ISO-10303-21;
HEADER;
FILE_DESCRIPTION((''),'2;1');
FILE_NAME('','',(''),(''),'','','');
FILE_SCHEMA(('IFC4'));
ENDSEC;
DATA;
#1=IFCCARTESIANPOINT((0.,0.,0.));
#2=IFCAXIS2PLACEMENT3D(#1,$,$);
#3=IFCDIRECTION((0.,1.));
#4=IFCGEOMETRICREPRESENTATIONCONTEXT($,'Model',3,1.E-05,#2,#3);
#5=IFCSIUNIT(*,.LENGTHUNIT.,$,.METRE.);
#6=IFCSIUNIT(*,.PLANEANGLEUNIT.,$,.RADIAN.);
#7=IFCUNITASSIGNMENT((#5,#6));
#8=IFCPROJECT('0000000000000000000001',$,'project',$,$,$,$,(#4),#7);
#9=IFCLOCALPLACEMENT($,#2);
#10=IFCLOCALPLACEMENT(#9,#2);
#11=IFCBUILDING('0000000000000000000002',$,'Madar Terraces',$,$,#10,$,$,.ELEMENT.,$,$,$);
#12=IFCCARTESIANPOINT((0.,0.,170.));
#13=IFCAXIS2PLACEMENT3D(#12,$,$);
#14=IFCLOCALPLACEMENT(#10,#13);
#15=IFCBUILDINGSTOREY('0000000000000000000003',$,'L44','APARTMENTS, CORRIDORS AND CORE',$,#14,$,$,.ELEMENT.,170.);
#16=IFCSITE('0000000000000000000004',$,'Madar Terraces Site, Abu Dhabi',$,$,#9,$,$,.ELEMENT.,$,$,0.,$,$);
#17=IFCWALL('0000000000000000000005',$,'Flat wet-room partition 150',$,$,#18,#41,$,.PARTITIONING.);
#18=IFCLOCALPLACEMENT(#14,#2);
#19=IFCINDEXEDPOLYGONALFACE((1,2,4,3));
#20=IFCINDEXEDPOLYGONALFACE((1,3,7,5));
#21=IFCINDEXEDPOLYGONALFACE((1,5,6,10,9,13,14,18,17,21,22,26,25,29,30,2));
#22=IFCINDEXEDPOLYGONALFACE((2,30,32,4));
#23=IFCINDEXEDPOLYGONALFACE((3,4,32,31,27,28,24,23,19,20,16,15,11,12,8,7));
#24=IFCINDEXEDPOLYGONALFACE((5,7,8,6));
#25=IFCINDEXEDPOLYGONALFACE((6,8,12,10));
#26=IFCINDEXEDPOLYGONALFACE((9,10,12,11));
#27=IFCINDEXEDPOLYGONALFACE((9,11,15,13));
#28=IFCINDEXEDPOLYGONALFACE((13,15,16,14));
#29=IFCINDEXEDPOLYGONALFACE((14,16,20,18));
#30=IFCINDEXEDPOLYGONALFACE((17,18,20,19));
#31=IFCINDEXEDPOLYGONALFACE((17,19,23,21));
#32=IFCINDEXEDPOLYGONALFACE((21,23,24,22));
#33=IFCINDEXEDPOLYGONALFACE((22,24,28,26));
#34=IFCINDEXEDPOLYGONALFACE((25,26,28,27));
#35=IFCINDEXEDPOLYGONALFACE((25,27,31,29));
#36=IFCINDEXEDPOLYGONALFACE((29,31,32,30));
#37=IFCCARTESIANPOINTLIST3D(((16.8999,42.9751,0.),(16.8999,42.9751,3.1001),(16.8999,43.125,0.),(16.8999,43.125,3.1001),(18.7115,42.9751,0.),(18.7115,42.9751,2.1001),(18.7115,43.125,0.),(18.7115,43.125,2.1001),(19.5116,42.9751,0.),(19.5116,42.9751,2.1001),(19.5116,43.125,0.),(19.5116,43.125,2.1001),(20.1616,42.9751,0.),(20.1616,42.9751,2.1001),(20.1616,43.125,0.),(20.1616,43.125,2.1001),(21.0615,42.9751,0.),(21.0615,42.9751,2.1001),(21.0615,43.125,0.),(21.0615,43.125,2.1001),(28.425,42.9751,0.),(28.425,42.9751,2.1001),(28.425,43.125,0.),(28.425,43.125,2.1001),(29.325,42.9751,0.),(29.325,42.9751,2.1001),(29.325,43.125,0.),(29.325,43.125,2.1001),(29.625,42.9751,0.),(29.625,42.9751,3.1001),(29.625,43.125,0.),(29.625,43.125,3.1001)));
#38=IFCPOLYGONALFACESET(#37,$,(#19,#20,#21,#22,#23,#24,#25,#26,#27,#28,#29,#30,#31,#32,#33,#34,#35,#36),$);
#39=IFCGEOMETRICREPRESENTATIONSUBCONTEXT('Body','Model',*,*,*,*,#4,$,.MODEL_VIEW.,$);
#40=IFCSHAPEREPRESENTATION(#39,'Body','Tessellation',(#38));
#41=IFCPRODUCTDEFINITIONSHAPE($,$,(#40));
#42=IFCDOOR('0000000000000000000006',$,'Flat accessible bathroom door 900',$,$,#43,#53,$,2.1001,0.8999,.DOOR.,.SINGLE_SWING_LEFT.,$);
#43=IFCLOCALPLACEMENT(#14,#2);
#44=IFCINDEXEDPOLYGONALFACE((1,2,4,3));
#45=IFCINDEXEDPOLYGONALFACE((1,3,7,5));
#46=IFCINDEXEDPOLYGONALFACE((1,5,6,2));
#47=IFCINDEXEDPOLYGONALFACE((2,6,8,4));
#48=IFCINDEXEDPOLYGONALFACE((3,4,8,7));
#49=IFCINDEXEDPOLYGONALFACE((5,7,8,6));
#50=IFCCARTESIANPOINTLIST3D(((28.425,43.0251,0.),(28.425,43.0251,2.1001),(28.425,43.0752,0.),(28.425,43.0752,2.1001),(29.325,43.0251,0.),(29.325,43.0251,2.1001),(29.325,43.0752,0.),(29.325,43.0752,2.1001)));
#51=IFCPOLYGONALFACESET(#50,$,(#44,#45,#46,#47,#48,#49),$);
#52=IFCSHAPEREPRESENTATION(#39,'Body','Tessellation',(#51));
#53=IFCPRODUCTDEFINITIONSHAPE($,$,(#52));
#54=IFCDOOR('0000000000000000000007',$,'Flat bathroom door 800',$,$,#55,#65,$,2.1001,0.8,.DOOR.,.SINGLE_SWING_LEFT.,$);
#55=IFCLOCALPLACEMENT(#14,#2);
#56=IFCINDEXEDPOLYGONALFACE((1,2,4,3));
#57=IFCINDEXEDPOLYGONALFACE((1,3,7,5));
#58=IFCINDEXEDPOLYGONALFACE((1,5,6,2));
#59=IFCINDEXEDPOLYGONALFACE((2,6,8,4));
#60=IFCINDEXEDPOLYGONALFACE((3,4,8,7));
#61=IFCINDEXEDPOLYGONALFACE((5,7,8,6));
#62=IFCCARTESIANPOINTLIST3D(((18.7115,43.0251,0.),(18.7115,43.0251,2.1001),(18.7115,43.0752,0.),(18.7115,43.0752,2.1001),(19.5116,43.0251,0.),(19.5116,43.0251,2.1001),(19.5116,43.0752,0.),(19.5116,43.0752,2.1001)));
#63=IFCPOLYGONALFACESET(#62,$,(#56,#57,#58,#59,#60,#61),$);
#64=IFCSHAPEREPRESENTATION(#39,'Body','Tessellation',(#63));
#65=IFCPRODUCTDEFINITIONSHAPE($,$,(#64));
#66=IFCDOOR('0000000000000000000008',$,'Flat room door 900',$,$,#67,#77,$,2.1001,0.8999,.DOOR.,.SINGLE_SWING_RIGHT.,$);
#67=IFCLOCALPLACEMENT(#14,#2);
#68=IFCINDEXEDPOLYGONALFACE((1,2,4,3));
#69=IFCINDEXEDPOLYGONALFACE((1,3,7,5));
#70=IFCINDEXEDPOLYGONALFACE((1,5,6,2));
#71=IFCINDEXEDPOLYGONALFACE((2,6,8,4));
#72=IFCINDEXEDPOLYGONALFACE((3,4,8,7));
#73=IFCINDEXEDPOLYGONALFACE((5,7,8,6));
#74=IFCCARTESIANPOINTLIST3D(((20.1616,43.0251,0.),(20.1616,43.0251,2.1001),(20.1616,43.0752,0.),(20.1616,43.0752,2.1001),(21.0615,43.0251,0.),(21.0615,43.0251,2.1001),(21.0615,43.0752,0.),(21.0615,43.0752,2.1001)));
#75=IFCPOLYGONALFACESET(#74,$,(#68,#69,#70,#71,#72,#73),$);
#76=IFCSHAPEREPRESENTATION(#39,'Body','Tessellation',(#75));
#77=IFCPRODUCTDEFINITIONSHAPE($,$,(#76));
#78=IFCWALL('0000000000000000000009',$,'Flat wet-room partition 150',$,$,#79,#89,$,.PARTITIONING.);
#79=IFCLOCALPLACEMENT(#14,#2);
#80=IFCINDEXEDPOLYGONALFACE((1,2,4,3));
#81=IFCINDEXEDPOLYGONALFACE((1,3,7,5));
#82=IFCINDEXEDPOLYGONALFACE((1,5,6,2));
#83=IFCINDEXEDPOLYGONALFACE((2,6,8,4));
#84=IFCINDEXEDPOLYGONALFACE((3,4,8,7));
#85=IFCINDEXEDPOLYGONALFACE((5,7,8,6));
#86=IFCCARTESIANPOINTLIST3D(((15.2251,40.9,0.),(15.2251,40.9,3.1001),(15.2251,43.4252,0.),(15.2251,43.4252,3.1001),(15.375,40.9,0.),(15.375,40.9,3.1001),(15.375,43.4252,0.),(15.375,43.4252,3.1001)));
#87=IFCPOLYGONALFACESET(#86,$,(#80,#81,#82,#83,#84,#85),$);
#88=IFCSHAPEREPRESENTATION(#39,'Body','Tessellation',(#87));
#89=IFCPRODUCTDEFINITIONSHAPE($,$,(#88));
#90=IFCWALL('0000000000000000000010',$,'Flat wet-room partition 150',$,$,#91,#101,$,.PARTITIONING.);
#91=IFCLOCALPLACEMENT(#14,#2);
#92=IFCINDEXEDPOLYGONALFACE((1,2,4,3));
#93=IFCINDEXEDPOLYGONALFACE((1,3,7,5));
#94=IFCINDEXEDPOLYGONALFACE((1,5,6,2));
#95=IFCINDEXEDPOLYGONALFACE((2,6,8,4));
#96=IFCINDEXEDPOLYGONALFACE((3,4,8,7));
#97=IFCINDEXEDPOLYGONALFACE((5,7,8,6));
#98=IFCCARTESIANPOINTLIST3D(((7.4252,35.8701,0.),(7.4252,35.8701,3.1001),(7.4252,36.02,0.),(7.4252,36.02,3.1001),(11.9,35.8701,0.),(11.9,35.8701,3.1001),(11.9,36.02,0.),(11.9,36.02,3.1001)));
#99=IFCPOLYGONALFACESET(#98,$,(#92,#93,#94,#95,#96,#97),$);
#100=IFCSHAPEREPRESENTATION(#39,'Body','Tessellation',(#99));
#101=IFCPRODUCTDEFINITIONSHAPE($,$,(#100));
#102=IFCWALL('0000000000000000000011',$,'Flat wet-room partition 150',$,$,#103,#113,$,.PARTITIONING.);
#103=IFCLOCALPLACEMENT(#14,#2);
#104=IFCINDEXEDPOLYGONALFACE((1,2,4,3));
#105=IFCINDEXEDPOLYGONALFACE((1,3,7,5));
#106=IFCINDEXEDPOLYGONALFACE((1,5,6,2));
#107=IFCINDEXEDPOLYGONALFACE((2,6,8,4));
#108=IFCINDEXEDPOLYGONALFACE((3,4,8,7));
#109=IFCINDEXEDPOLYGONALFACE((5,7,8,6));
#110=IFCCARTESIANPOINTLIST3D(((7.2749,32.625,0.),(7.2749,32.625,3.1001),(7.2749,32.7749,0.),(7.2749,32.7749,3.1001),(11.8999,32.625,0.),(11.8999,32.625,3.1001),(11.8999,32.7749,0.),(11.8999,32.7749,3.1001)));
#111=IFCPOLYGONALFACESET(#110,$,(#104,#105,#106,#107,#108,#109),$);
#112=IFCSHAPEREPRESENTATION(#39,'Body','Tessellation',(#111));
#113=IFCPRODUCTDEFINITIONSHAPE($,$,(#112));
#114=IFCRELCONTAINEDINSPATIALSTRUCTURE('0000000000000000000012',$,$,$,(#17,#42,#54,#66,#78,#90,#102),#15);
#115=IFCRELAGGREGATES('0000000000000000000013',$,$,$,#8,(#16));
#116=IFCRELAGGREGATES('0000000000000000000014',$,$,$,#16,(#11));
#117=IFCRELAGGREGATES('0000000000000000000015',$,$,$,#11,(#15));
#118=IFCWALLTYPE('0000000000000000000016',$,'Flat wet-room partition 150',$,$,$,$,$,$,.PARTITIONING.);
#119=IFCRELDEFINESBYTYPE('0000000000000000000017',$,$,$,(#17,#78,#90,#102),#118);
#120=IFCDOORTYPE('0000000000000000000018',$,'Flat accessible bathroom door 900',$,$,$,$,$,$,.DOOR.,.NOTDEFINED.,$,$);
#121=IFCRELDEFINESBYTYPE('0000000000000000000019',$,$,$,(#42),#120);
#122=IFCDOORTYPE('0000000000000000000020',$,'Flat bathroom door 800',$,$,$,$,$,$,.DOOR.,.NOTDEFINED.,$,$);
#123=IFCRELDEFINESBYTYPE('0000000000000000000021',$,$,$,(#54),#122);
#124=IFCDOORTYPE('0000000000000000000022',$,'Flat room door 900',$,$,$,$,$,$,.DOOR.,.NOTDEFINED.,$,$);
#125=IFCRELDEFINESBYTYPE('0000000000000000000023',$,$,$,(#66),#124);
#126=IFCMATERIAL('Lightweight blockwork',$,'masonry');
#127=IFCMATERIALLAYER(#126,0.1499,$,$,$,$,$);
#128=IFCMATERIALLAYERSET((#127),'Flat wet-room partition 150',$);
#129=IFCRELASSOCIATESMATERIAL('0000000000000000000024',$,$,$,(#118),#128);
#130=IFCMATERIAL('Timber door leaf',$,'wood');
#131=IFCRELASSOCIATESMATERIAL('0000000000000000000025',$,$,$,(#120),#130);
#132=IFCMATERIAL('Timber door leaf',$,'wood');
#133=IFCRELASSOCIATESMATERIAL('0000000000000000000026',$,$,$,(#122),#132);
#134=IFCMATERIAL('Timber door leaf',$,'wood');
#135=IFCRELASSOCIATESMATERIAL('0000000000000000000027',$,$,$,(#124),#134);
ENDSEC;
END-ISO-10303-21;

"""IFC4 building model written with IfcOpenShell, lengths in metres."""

from ifc_helpers import new_model, si_unit, direction, frame, frame_2d, origin, place, context, subcontext, project, spatial, rectangle, extrude, material, layer, layer_set, type_object, element, fill, save


model = new_model("IFC4")

# Units and contexts
model_context = context("Model", 3, precision=1e-05, world=origin(), true_north=direction((0.0, 1.0)))
body_context = subcontext(model_context, "Body", "Model", "MODEL_VIEW")
ifc_project = project(units=[si_unit("LENGTHUNIT", "METRE"), si_unit("PLANEANGLEUNIT", "RADIAN")], contexts=[model_context])

# Site, building, storey
site_placement = place(None, origin())
site = spatial("IfcSite", under=ifc_project, at=site_placement, Name="Madar Terraces Site, Abu Dhabi", CompositionType="ELEMENT", RefElevation=0.0)
building_placement = place(site_placement, origin())
building = spatial("IfcBuilding", under=site, at=building_placement, Name="Madar Terraces", CompositionType="ELEMENT")
storey_placement = place(building_placement, frame((0.0, 0.0, 170.0)))
storey = spatial("IfcBuildingStorey", under=building, at=storey_placement, Name="L44", Description="APARTMENTS, CORRIDORS AND CORE", CompositionType="ELEMENT", Elevation=170.0)

# Shared definitions
ifc_material_1 = material(Name="Lightweight blockwork", Category="masonry")
ifc_layer_1 = layer(ifc_material_1, 0.1499)
ifc_layer_set_1 = layer_set([ifc_layer_1], Name="Flat wet-room partition 150")
wall_type_1 = type_object("IfcWallType", Name="Flat wet-room partition 150", PredefinedType="PARTITIONING", material=ifc_layer_set_1)

# Wall, openings, doors
wall_1_placement = place(storey_placement, frame((29.625, 43.05, 0.0), z_axis=(0.0, 0.0, 1.0), x_axis=(-1.0, 0.0, 0.0)))
wall_1 = element("IfcWall", 1, at=wall_1_placement, inside=storey, type_object=wall_type_1, Name="Flat wet-room partition 150", PredefinedType="PARTITIONING", context=body_context, shape_type="SweptSolid", body=[
    extrude(rectangle(XDim=12.7251, YDim=0.1499, at=frame_2d((6.3625, 0.0))), origin(), (0.0, 0.0, 1.0), 3.1001),
])
opening_1_placement = place(wall_1_placement, frame((0.3, 0.0, 0.0)))
opening_1 = element("IfcOpeningElement", 2, at=opening_1_placement, cuts=wall_1, PredefinedType="OPENING", context=body_context, shape_type="SweptSolid", body=[
    extrude(rectangle(XDim=0.8999, YDim=2.1001, at=frame_2d((0.45, 1.05))), frame((0.0, 0.085, 0.0), z_axis=(0.0, -1.0, 0.0), x_axis=(1.0, 0.0, 0.0)), (0.0, 0.0, 1.0), 0.1699),
])
opening_2_placement = place(wall_1_placement, frame((8.5635, 0.0, 0.0)))
opening_2 = element("IfcOpeningElement", 3, at=opening_2_placement, cuts=wall_1, PredefinedType="OPENING", context=body_context, shape_type="SweptSolid", body=[
    extrude(rectangle(XDim=0.8999, YDim=2.1001, at=frame_2d((0.45, 1.05))), frame((0.0, 0.085, 0.0), z_axis=(0.0, -1.0, 0.0), x_axis=(1.0, 0.0, 0.0)), (0.0, 0.0, 1.0), 0.1699),
])
opening_3_placement = place(wall_1_placement, frame((10.1135, 0.0, 0.0)))
opening_3 = element("IfcOpeningElement", 4, at=opening_3_placement, cuts=wall_1, PredefinedType="OPENING", context=body_context, shape_type="SweptSolid", body=[
    extrude(rectangle(XDim=0.8, YDim=2.1001, at=frame_2d((0.3999, 1.05))), frame((0.0, 0.085, 0.0), z_axis=(0.0, -1.0, 0.0), x_axis=(1.0, 0.0, 0.0)), (0.0, 0.0, 1.0), 0.1699),
])
ifc_material_2 = material(Name="Timber door leaf", Category="wood")
door_type_1 = type_object("IfcDoorType", Name="Flat accessible bathroom door 900", OperationType="NOTDEFINED", PredefinedType="DOOR", material=ifc_material_2)
door_1_placement = place(opening_1_placement, origin())
door_1 = element("IfcDoor", 5, at=door_1_placement, inside=storey, type_object=door_type_1, Name="Flat accessible bathroom door 900", OperationType="SINGLE_SWING_LEFT", OverallHeight=2.1001, OverallWidth=0.8999, PredefinedType="DOOR", context=body_context, shape_type="SweptSolid", body=[
    extrude(rectangle(XDim=0.8999, YDim=2.1001, at=frame_2d((0.45, 1.05))), frame((0.0, 0.0249, 0.0), z_axis=(0.0, -1.0, 0.0), x_axis=(1.0, 0.0, 0.0)), (0.0, 0.0, 1.0), 0.05),
])
fill(opening_1, door_1)
ifc_material_3 = material(Name="Timber door leaf", Category="wood")
door_type_2 = type_object("IfcDoorType", Name="Flat bathroom door 800", OperationType="NOTDEFINED", PredefinedType="DOOR", material=ifc_material_3)
door_2_placement = place(opening_3_placement, origin())
door_2 = element("IfcDoor", 6, at=door_2_placement, inside=storey, type_object=door_type_2, Name="Flat bathroom door 800", OperationType="SINGLE_SWING_LEFT", OverallHeight=2.1001, OverallWidth=0.8, PredefinedType="DOOR", context=body_context, shape_type="SweptSolid", body=[
    extrude(rectangle(XDim=0.8, YDim=2.1001, at=frame_2d((0.3999, 1.05))), frame((0.0, 0.0249, 0.0), z_axis=(0.0, -1.0, 0.0), x_axis=(1.0, 0.0, 0.0)), (0.0, 0.0, 1.0), 0.05),
])
fill(opening_3, door_2)
ifc_material_4 = material(Name="Timber door leaf", Category="wood")
door_type_3 = type_object("IfcDoorType", Name="Flat room door 900", OperationType="NOTDEFINED", PredefinedType="DOOR", material=ifc_material_4)
door_3_placement = place(opening_2_placement, origin())
door_3 = element("IfcDoor", 7, at=door_3_placement, inside=storey, type_object=door_type_3, Name="Flat room door 900", OperationType="SINGLE_SWING_RIGHT", OverallHeight=2.1001, OverallWidth=0.8999, PredefinedType="DOOR", context=body_context, shape_type="SweptSolid", body=[
    extrude(rectangle(XDim=0.8999, YDim=2.1001, at=frame_2d((0.45, 1.05))), frame((0.0, 0.0249, 0.0), z_axis=(0.0, -1.0, 0.0), x_axis=(1.0, 0.0, 0.0)), (0.0, 0.0, 1.0), 0.05),
])
fill(opening_2, door_3)

# Walls
wall_2_placement = place(storey_placement, frame((15.3, 40.8999, 0.0), z_axis=(0.0, 0.0, 1.0), x_axis=(0.0, 1.0, 0.0)))
element("IfcWall", 8, at=wall_2_placement, inside=storey, type_object=wall_type_1, Name="Flat wet-room partition 150", PredefinedType="PARTITIONING", context=body_context, shape_type="SweptSolid", body=[
    extrude(rectangle(XDim=2.5251, YDim=0.1499, at=frame_2d((1.2627, 0.0))), origin(), (0.0, 0.0, 1.0), 3.1001),
])
wall_3_placement = place(storey_placement, frame((11.8999, 35.9451, 0.0), z_axis=(0.0, 0.0, 1.0), x_axis=(-1.0, 0.0, 0.0)))
element("IfcWall", 9, at=wall_3_placement, inside=storey, type_object=wall_type_1, Name="Flat wet-room partition 150", PredefinedType="PARTITIONING", context=body_context, shape_type="SweptSolid", body=[
    extrude(rectangle(XDim=4.4749, YDim=0.1499, at=frame_2d((2.2373, 0.0))), origin(), (0.0, 0.0, 1.0), 3.1001),
])
wall_4_placement = place(storey_placement, frame((11.8999, 32.7, 0.0), z_axis=(0.0, 0.0, 1.0), x_axis=(-1.0, 0.0, 0.0)))
element("IfcWall", 10, at=wall_4_placement, inside=storey, type_object=wall_type_1, Name="Flat wet-room partition 150", PredefinedType="PARTITIONING", context=body_context, shape_type="SweptSolid", body=[
    extrude(rectangle(XDim=4.625, YDim=0.1499, at=frame_2d((2.3125, 0.0))), origin(), (0.0, 0.0, 1.0), 3.1001),
])

save(model, "model.ifc")
